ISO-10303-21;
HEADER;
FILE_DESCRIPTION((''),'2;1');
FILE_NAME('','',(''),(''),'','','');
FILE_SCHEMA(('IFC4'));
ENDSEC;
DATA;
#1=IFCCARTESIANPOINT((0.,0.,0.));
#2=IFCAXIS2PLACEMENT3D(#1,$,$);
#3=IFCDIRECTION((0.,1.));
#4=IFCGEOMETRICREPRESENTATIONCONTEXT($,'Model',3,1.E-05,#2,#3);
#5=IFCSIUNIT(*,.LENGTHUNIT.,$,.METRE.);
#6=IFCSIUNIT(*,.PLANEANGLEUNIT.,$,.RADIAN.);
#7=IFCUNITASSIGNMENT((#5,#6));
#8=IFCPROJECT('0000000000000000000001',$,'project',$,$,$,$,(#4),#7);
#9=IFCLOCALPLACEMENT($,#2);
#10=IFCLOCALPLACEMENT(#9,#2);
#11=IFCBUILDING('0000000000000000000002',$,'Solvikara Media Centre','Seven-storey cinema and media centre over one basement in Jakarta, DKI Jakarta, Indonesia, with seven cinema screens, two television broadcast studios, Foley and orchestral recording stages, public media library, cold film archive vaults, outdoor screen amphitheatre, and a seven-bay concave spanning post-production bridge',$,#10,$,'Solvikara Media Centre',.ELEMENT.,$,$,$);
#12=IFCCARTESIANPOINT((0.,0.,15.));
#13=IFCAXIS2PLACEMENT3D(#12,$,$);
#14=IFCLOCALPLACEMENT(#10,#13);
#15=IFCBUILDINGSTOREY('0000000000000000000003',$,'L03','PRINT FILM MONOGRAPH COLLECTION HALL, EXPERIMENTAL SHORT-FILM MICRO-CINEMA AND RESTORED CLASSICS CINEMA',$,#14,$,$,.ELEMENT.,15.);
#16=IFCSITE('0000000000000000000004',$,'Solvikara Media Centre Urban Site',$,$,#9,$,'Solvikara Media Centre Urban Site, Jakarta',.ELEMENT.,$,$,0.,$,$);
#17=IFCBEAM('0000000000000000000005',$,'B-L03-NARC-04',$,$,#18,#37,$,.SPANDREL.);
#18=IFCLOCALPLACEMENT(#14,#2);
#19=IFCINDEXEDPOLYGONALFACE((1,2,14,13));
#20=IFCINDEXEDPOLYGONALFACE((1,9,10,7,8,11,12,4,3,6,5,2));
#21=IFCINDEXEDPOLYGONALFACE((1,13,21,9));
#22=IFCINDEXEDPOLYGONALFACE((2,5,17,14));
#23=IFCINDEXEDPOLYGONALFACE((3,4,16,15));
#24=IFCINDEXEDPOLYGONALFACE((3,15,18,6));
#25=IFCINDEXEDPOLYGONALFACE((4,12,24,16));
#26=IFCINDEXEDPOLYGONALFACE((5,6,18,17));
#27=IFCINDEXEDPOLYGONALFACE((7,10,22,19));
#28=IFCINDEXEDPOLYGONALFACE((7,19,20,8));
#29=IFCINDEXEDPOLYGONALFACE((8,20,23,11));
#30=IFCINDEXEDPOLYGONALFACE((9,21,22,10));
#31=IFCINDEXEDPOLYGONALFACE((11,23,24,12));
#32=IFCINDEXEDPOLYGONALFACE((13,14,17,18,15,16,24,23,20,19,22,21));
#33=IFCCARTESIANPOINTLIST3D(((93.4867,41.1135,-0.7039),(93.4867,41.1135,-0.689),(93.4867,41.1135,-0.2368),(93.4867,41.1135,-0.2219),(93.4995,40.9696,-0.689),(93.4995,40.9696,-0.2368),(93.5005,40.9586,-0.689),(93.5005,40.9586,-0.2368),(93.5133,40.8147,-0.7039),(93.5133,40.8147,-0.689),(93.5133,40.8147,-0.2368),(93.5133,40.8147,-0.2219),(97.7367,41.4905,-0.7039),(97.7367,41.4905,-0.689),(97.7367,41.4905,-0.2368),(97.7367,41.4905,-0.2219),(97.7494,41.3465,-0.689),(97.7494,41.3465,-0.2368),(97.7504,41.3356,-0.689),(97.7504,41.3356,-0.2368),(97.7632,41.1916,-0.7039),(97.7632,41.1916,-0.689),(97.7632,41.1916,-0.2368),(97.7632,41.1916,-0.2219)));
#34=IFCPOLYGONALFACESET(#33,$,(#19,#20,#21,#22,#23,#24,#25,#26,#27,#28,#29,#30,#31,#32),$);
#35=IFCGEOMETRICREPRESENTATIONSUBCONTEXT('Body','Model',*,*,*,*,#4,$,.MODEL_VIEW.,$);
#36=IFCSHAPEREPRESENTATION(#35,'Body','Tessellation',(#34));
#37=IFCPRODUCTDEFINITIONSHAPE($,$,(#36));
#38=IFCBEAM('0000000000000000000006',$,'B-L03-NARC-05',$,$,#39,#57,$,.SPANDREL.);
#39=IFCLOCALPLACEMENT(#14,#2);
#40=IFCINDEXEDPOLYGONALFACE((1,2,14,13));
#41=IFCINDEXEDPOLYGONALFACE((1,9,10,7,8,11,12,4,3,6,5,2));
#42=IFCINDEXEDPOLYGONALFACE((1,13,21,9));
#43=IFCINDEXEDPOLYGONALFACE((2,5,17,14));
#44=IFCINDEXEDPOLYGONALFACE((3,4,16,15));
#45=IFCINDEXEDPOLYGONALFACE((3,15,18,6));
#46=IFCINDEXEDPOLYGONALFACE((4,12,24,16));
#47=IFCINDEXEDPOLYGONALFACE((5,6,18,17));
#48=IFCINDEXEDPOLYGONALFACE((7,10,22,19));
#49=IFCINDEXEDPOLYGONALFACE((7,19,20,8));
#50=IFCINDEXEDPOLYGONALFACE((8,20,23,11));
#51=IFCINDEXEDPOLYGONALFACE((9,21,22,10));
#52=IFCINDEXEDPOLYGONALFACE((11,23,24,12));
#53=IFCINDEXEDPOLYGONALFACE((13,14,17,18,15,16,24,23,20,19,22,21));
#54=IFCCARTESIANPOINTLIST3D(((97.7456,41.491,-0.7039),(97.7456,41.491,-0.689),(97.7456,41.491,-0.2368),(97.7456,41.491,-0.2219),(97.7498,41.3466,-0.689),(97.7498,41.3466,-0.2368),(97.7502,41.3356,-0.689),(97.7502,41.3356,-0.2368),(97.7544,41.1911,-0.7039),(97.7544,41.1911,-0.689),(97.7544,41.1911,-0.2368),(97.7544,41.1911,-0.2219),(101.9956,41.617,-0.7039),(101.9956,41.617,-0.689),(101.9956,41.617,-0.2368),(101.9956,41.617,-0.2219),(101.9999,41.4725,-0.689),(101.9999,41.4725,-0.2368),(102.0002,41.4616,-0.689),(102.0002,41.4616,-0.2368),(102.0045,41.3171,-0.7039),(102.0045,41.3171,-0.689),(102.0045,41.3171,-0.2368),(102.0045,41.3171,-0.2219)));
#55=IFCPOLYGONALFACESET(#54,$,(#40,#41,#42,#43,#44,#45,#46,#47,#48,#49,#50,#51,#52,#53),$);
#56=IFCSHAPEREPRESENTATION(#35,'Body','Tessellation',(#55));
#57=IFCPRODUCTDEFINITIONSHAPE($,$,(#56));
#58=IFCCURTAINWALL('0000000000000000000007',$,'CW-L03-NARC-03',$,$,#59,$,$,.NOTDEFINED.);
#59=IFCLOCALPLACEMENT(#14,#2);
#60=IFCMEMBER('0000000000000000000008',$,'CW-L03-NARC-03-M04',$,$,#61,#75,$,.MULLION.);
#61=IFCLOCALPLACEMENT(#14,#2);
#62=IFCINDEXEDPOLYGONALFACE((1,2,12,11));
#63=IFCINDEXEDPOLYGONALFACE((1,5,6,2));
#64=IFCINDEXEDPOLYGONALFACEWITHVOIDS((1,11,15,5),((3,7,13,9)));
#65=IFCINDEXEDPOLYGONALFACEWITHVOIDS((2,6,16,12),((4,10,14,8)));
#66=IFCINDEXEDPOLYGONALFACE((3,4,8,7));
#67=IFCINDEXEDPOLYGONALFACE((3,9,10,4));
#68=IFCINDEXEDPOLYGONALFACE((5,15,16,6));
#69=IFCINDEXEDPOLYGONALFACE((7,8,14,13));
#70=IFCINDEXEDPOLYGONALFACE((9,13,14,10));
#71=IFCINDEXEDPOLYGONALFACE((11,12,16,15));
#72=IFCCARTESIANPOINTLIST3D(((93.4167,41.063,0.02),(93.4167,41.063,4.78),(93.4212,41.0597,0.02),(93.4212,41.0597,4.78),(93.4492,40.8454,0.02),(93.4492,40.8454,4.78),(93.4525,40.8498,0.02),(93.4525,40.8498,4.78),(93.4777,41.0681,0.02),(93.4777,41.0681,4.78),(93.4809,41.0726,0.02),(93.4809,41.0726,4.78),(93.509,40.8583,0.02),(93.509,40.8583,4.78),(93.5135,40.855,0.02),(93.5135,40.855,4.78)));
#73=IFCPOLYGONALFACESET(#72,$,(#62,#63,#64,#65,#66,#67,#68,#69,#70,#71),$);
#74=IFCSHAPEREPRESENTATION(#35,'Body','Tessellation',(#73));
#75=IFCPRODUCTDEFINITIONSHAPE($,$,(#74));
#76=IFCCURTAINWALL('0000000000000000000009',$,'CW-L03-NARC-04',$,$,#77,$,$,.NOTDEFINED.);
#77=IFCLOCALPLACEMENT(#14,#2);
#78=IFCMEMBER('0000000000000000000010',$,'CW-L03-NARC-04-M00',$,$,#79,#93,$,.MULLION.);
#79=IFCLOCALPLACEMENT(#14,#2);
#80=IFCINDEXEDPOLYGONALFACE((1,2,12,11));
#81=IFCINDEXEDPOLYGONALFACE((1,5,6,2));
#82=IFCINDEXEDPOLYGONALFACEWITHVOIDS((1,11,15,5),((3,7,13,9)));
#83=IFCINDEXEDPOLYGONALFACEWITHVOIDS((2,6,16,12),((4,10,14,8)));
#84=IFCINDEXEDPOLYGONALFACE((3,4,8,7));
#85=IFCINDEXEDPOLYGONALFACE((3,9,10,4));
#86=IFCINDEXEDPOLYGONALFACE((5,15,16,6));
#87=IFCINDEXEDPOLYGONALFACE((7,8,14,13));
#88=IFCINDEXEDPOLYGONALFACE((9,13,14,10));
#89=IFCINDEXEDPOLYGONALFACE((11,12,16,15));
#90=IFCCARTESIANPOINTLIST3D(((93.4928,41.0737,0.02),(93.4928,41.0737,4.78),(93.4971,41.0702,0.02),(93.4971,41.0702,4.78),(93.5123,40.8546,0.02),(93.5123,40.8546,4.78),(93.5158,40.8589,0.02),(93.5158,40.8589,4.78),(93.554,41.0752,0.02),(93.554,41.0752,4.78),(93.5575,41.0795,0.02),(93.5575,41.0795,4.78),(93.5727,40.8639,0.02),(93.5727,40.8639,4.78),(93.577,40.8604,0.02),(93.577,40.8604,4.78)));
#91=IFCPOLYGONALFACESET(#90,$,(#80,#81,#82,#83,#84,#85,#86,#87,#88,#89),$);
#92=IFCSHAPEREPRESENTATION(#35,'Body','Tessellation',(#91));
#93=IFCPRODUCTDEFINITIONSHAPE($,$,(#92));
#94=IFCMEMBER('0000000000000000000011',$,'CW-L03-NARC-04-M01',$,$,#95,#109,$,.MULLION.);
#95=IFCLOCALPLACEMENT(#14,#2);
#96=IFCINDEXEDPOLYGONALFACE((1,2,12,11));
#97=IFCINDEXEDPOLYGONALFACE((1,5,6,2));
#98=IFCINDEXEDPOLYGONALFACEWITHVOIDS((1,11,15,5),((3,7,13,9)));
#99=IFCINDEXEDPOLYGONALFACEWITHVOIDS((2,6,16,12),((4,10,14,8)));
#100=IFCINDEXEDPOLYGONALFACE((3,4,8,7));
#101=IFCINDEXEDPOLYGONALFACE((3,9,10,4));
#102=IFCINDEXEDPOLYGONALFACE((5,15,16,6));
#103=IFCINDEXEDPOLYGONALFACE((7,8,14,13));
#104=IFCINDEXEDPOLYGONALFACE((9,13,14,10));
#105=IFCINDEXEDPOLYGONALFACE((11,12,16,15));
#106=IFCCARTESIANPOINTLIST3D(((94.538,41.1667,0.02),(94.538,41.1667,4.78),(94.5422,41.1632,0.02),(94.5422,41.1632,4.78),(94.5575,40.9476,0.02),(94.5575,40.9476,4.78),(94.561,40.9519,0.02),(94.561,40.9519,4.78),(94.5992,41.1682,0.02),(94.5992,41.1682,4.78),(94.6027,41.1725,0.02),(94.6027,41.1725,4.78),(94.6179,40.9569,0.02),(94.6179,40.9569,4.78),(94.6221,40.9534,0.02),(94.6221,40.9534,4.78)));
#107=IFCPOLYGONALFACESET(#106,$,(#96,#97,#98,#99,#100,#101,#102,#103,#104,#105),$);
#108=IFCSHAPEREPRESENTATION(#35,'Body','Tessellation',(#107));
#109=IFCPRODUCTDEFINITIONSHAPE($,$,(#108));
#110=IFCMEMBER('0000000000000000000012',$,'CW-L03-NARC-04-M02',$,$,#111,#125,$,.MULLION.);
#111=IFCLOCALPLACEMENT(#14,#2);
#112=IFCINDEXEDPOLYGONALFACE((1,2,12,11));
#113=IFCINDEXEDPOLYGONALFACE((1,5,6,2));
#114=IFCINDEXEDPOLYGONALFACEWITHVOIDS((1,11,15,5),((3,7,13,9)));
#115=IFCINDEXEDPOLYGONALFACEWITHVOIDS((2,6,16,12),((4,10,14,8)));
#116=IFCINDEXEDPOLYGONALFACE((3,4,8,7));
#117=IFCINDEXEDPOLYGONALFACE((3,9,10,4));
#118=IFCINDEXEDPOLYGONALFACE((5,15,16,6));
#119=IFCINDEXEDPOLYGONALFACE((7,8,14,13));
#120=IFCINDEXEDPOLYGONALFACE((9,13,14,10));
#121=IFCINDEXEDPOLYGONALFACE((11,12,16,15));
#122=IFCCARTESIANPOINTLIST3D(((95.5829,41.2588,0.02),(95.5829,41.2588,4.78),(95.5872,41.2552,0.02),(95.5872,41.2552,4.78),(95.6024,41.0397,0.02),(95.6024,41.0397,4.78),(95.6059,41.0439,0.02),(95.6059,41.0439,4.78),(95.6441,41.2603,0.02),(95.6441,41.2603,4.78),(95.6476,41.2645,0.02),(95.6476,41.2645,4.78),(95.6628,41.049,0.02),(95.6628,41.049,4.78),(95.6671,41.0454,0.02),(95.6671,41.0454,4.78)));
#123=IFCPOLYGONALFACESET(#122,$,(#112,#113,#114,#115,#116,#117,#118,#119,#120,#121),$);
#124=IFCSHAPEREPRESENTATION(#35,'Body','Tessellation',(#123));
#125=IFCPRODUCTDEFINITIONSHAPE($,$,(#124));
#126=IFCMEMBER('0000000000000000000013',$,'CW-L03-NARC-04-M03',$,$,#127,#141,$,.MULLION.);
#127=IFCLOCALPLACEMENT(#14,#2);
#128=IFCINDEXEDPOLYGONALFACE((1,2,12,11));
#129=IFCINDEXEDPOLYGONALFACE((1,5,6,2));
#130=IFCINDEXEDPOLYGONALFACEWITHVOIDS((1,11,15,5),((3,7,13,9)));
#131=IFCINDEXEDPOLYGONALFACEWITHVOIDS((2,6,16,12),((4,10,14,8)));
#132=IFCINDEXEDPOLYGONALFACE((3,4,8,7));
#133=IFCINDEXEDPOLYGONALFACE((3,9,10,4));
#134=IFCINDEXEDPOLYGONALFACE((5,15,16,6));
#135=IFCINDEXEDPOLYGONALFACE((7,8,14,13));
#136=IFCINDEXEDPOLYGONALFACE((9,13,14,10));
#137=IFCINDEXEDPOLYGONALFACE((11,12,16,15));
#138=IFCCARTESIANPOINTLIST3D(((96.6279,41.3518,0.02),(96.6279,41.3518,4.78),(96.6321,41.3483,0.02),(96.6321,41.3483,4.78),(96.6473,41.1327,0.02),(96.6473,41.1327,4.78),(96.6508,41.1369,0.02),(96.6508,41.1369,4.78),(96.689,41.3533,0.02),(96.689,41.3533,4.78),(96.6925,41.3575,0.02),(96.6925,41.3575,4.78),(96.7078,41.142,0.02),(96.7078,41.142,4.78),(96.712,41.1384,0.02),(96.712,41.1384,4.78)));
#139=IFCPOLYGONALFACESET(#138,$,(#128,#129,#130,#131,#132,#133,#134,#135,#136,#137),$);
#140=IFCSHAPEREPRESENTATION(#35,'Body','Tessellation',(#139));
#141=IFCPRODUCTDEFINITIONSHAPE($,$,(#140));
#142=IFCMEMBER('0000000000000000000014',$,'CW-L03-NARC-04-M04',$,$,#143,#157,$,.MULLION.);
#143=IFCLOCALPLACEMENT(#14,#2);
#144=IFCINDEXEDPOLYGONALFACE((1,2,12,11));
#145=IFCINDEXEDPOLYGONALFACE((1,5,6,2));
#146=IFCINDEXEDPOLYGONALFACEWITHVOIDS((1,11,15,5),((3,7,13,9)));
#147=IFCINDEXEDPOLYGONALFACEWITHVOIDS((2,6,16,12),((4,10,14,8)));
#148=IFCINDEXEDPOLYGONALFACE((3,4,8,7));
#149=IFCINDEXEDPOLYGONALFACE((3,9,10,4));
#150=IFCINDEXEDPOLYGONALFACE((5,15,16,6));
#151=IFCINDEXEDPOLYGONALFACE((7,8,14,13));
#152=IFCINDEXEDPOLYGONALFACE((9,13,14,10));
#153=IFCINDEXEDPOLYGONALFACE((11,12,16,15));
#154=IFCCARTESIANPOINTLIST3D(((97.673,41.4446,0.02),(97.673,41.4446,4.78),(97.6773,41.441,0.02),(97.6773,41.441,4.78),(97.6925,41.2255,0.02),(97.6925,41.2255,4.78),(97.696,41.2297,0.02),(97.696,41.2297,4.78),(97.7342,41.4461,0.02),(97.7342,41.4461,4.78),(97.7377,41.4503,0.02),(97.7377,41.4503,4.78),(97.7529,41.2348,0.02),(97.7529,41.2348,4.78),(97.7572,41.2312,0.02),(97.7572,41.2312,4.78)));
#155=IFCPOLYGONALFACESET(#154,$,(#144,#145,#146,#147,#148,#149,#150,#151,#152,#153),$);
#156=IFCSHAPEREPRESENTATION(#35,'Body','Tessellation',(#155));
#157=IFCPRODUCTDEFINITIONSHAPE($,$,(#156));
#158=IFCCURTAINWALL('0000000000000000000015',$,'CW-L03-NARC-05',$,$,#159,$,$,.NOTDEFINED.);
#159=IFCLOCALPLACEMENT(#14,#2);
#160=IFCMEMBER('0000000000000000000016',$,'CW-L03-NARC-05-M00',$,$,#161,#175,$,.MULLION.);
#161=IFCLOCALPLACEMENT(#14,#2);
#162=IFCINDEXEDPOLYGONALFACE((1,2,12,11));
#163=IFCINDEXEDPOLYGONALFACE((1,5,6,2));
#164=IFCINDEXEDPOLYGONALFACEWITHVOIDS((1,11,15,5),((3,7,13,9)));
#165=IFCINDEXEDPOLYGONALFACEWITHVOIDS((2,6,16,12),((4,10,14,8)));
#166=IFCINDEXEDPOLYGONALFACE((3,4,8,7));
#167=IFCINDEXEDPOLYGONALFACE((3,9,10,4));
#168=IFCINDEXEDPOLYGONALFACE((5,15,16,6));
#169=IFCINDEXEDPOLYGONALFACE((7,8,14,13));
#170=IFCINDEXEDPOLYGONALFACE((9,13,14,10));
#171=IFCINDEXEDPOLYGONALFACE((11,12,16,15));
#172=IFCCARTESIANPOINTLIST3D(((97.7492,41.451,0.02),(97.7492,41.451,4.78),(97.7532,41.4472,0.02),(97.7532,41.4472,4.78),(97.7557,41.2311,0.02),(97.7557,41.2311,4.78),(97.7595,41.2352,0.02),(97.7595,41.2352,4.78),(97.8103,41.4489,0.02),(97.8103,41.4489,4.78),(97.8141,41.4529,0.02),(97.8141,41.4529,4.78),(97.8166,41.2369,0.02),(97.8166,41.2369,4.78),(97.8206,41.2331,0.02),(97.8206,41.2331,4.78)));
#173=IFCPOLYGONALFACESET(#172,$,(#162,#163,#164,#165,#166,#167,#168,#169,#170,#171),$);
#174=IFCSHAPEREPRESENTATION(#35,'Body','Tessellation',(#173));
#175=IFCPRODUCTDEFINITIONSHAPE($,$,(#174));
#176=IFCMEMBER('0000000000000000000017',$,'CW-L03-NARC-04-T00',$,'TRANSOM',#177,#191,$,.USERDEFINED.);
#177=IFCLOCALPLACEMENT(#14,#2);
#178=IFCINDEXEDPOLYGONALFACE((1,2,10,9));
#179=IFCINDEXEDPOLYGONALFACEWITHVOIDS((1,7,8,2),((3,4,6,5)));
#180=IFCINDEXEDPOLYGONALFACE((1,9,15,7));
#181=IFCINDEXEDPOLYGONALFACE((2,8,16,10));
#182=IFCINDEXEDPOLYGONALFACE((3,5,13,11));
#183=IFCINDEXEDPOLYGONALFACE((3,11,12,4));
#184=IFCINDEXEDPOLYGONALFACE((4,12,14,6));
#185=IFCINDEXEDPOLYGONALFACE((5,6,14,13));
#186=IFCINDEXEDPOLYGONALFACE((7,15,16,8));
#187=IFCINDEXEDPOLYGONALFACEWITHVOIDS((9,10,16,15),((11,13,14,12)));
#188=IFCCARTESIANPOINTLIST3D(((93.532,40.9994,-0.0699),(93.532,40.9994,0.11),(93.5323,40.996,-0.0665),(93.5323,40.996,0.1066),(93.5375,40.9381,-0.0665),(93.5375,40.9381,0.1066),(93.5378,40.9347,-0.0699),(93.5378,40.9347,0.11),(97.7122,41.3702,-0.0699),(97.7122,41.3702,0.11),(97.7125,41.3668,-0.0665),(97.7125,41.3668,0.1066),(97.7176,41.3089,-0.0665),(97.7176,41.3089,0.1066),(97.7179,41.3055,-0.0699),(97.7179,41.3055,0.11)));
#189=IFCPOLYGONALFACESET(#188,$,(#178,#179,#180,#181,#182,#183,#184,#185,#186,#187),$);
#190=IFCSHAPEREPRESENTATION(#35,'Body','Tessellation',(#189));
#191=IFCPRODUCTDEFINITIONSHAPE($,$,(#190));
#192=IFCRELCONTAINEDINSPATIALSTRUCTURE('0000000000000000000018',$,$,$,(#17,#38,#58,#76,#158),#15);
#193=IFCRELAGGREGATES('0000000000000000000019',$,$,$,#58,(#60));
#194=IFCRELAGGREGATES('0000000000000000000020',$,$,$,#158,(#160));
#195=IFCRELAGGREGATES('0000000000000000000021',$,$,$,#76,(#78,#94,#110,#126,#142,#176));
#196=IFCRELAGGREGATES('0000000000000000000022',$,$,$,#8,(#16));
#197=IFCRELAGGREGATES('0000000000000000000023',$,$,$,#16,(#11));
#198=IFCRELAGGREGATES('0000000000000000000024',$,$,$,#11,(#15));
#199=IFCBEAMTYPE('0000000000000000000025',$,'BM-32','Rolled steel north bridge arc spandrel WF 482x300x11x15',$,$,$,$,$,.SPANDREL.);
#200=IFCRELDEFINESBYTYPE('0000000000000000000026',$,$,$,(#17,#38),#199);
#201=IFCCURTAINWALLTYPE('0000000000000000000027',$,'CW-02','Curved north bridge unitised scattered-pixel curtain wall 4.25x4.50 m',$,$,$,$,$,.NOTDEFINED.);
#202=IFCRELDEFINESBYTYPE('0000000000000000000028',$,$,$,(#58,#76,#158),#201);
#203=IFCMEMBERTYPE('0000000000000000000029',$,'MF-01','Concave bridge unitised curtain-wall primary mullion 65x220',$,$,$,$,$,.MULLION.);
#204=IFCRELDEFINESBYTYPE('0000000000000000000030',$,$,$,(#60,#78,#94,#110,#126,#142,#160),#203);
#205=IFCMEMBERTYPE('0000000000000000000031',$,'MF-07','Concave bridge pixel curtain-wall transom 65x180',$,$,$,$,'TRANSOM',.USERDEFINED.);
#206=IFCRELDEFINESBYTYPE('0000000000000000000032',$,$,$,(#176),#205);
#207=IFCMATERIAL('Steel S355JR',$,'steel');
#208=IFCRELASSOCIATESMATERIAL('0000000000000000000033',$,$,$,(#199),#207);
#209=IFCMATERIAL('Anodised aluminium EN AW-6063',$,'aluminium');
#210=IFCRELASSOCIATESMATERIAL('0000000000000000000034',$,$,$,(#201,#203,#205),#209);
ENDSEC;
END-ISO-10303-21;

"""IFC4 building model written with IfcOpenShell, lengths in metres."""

from ifc_helpers import new_model, si_unit, direction, frame, origin, origin_2d, place, context, subcontext, project, spatial, hollow_rectangle, i_section, extrude, material, material_profile, profile_set, type_object, element, aggregate, save


model = new_model("IFC4")

# Units and contexts
model_context = context("Model", 3, precision=1e-05, world=origin(), true_north=direction((0.0, 1.0)))
body_context = subcontext(model_context, "Body", "Model", "MODEL_VIEW")
ifc_project = project(units=[si_unit("LENGTHUNIT", "METRE"), si_unit("PLANEANGLEUNIT", "RADIAN")], contexts=[model_context])

# Site, building, storey
site_placement = place(None, origin())
site = spatial("IfcSite", under=ifc_project, at=site_placement, Name="Solvikara Media Centre Urban Site", LongName="Solvikara Media Centre Urban Site, Jakarta", CompositionType="ELEMENT", RefElevation=0.0)
building_placement = place(site_placement, origin())
building = spatial("IfcBuilding", under=site, at=building_placement, Name="Solvikara Media Centre", Description="Seven-storey cinema and media centre over one basement in Jakarta, DKI Jakarta, Indonesia, with seven cinema screens, two television broadcast studios, Foley and orchestral recording stages, public media library, cold film archive vaults, outdoor screen amphitheatre, and a seven-bay concave spanning post-production bridge", LongName="Solvikara Media Centre", CompositionType="ELEMENT")
storey_placement = place(building_placement, frame((0.0, 0.0, 15.0)))
storey = spatial("IfcBuildingStorey", under=building, at=storey_placement, Name="L03", Description="PRINT FILM MONOGRAPH COLLECTION HALL, EXPERIMENTAL SHORT-FILM MICRO-CINEMA AND RESTORED CLASSICS CINEMA", CompositionType="ELEMENT", Elevation=15.0)

# Beams
ifc_material_1 = material(Name="Steel S355JR", Category="steel")
ifc_material_profile_1 = material_profile(ifc_material_1, i_section(OverallWidth=0.3, OverallDepth=0.4819, WebThickness=0.011, FlangeThickness=0.0149, at=origin_2d()), Name="WF 482x300x11x15")
ifc_profile_set_1 = profile_set([ifc_material_profile_1], Name="Steel S355JR")
beam_type = type_object("IfcBeamType", Name="BM-32", Description="Rolled steel north bridge arc spandrel WF 482x300x11x15", PredefinedType="SPANDREL", material=ifc_profile_set_1)
beam_1_placement = place(storey_placement, frame((93.5, 40.9641, -0.4629), z_axis=(0.99609, 0.088348, 0.0), x_axis=(-0.088348, 0.99609, 0.0)))
element("IfcBeam", 1, at=beam_1_placement, inside=storey, type_object=beam_type, Name="B-L03-NARC-04", PredefinedType="SPANDREL", context=body_context, shape_type="SweptSolid", body=[
    extrude(i_section(OverallWidth=0.3, OverallDepth=0.4819, WebThickness=0.011, FlangeThickness=0.0149, at=origin_2d()), origin(), (0.0, 0.0, 1.0), 4.2666),
])
beam_2_placement = place(storey_placement, frame((97.75, 41.3411, -0.4629), z_axis=(0.999561, 0.029629, 0.0), x_axis=(-0.029629, 0.999561, 0.0)))
element("IfcBeam", 2, at=beam_2_placement, inside=storey, type_object=beam_type, Name="B-L03-NARC-05", PredefinedType="SPANDREL", context=body_context, shape_type="SweptSolid", body=[
    extrude(i_section(OverallWidth=0.3, OverallDepth=0.4819, WebThickness=0.011, FlangeThickness=0.0149, at=origin_2d()), origin(), (0.0, 0.0, 1.0), 4.252),
])

# Curtain wall, member
ifc_material_2 = material(Name="Anodised aluminium EN AW-6063", Category="aluminium")
curtain_wall_type = type_object("IfcCurtainWallType", Name="CW-02", Description="Curved north bridge unitised scattered-pixel curtain wall 4.25x4.50 m", PredefinedType="NOTDEFINED", material=ifc_material_2)
curtain_wall_1_placement = place(storey_placement, origin())
curtain_wall_1 = element("IfcCurtainWall", 3, at=curtain_wall_1_placement, inside=storey, type_object=curtain_wall_type, Name="CW-L03-NARC-03", PredefinedType="NOTDEFINED")
ifc_material_profile_2 = material_profile(ifc_material_2, hollow_rectangle(XDim=0.0649, YDim=0.22, WallThickness=0.0039, at=origin_2d()), Name="ALU-M 65x220x4")
ifc_profile_set_2 = profile_set([ifc_material_profile_2], Name="Anodised aluminium EN AW-6063")
member_type_1 = type_object("IfcMemberType", Name="MF-01", Description="Concave bridge unitised curtain-wall primary mullion 65x220", PredefinedType="MULLION", material=ifc_profile_set_2)
member_1_placement = place(storey_placement, frame((93.4651, 40.959, 0.02), z_axis=(0.0, 0.0, 1.0), x_axis=(0.989006, 0.147878, 0.0)))
member_1 = element("IfcMember", 4, at=member_1_placement, type_object=member_type_1, Name="CW-L03-NARC-03-M04", PredefinedType="MULLION", context=body_context, shape_type="SweptSolid", body=[
    extrude(hollow_rectangle(XDim=0.0649, YDim=0.22, WallThickness=0.0039, at=origin_2d()), origin(), (0.0, 0.0, 1.0), 4.76),
])

# Curtain wall, members
curtain_wall_2_placement = place(storey_placement, origin())
curtain_wall_2 = element("IfcCurtainWall", 5, at=curtain_wall_2_placement, inside=storey, type_object=curtain_wall_type, Name="CW-L03-NARC-04", PredefinedType="NOTDEFINED")
member_2_placement = place(storey_placement, frame((93.5349, 40.967, 0.02), z_axis=(0.0, 0.0, 1.0), x_axis=(0.996084, 0.088408, 0.0)))
member_2 = element("IfcMember", 6, at=member_2_placement, type_object=member_type_1, Name="CW-L03-NARC-04-M00", PredefinedType="MULLION", context=body_context, shape_type="SweptSolid", body=[
    extrude(hollow_rectangle(XDim=0.0649, YDim=0.22, WallThickness=0.0039, at=origin_2d()), origin(), (0.0, 0.0, 1.0), 4.76),
])
member_3_placement = place(storey_placement, frame((94.5801, 41.0601, 0.02), z_axis=(0.0, 0.0, 1.0), x_axis=(0.996084, 0.088408, 0.0)))
member_3 = element("IfcMember", 7, at=member_3_placement, type_object=member_type_1, Name="CW-L03-NARC-04-M01", PredefinedType="MULLION", context=body_context, shape_type="SweptSolid", body=[
    extrude(hollow_rectangle(XDim=0.0649, YDim=0.22, WallThickness=0.0039, at=origin_2d()), origin(), (0.0, 0.0, 1.0), 4.76),
])
member_4_placement = place(storey_placement, frame((95.625, 41.1521, 0.02), z_axis=(0.0, 0.0, 1.0), x_axis=(0.996084, 0.088408, 0.0)))
member_4 = element("IfcMember", 8, at=member_4_placement, type_object=member_type_1, Name="CW-L03-NARC-04-M02", PredefinedType="MULLION", context=body_context, shape_type="SweptSolid", body=[
    extrude(hollow_rectangle(XDim=0.0649, YDim=0.22, WallThickness=0.0039, at=origin_2d()), origin(), (0.0, 0.0, 1.0), 4.76),
])
member_5_placement = place(storey_placement, frame((96.6699, 41.2451, 0.02), z_axis=(0.0, 0.0, 1.0), x_axis=(0.996084, 0.088408, 0.0)))
member_5 = element("IfcMember", 9, at=member_5_placement, type_object=member_type_1, Name="CW-L03-NARC-04-M03", PredefinedType="MULLION", context=body_context, shape_type="SweptSolid", body=[
    extrude(hollow_rectangle(XDim=0.0649, YDim=0.22, WallThickness=0.0039, at=origin_2d()), origin(), (0.0, 0.0, 1.0), 4.76),
])
member_6_placement = place(storey_placement, frame((97.7151, 41.3379, 0.02), z_axis=(0.0, 0.0, 1.0), x_axis=(0.996084, 0.088408, 0.0)))
member_6 = element("IfcMember", 10, at=member_6_placement, type_object=member_type_1, Name="CW-L03-NARC-04-M04", PredefinedType="MULLION", context=body_context, shape_type="SweptSolid", body=[
    extrude(hollow_rectangle(XDim=0.0649, YDim=0.22, WallThickness=0.0039, at=origin_2d()), origin(), (0.0, 0.0, 1.0), 4.76),
])

# Curtain wall, member
curtain_wall_3_placement = place(storey_placement, origin())
curtain_wall_3 = element("IfcCurtainWall", 11, at=curtain_wall_3_placement, inside=storey, type_object=curtain_wall_type, Name="CW-L03-NARC-05", PredefinedType="NOTDEFINED")
member_7_placement = place(storey_placement, frame((97.7849, 41.342, 0.02), z_axis=(0.0, 0.0, 1.0), x_axis=(0.99956, 0.029649, 0.0)))
member_7 = element("IfcMember", 12, at=member_7_placement, type_object=member_type_1, Name="CW-L03-NARC-05-M00", PredefinedType="MULLION", context=body_context, shape_type="SweptSolid", body=[
    extrude(hollow_rectangle(XDim=0.0649, YDim=0.22, WallThickness=0.0039, at=origin_2d()), origin(), (0.0, 0.0, 1.0), 4.76),
])

# Member
ifc_material_profile_3 = material_profile(ifc_material_2, hollow_rectangle(XDim=0.0649, YDim=0.1799, WallThickness=0.0034, at=origin_2d()), Name="ALU-T 65x180x3.5")
ifc_profile_set_3 = profile_set([ifc_material_profile_3], Name="Anodised aluminium EN AW-6063")
member_type_2 = type_object("IfcMemberType", Name="MF-07", Description="Concave bridge pixel curtain-wall transom 65x180", ElementType="TRANSOM", PredefinedType="USERDEFINED", material=ifc_profile_set_3)
member_8_placement = place(storey_placement, frame((93.5349, 40.967, 0.02), z_axis=(0.996088, 0.088369, 0.0), x_axis=(-0.088369, 0.996088, 0.0)))
member_8 = element("IfcMember", 13, at=member_8_placement, type_object=member_type_2, Name="CW-L03-NARC-04-T00", ObjectType="TRANSOM", PredefinedType="USERDEFINED", context=body_context, shape_type="SweptSolid", body=[
    extrude(hollow_rectangle(XDim=0.0649, YDim=0.1799, WallThickness=0.0034, at=origin_2d()), origin(), (0.0, 0.0, 1.0), 4.1965),
])

aggregate(curtain_wall_1, [member_1])
aggregate(curtain_wall_3, [member_7])
aggregate(curtain_wall_2, [member_2, member_3, member_4, member_5, member_6, member_8])

save(model, "model.ifc")
